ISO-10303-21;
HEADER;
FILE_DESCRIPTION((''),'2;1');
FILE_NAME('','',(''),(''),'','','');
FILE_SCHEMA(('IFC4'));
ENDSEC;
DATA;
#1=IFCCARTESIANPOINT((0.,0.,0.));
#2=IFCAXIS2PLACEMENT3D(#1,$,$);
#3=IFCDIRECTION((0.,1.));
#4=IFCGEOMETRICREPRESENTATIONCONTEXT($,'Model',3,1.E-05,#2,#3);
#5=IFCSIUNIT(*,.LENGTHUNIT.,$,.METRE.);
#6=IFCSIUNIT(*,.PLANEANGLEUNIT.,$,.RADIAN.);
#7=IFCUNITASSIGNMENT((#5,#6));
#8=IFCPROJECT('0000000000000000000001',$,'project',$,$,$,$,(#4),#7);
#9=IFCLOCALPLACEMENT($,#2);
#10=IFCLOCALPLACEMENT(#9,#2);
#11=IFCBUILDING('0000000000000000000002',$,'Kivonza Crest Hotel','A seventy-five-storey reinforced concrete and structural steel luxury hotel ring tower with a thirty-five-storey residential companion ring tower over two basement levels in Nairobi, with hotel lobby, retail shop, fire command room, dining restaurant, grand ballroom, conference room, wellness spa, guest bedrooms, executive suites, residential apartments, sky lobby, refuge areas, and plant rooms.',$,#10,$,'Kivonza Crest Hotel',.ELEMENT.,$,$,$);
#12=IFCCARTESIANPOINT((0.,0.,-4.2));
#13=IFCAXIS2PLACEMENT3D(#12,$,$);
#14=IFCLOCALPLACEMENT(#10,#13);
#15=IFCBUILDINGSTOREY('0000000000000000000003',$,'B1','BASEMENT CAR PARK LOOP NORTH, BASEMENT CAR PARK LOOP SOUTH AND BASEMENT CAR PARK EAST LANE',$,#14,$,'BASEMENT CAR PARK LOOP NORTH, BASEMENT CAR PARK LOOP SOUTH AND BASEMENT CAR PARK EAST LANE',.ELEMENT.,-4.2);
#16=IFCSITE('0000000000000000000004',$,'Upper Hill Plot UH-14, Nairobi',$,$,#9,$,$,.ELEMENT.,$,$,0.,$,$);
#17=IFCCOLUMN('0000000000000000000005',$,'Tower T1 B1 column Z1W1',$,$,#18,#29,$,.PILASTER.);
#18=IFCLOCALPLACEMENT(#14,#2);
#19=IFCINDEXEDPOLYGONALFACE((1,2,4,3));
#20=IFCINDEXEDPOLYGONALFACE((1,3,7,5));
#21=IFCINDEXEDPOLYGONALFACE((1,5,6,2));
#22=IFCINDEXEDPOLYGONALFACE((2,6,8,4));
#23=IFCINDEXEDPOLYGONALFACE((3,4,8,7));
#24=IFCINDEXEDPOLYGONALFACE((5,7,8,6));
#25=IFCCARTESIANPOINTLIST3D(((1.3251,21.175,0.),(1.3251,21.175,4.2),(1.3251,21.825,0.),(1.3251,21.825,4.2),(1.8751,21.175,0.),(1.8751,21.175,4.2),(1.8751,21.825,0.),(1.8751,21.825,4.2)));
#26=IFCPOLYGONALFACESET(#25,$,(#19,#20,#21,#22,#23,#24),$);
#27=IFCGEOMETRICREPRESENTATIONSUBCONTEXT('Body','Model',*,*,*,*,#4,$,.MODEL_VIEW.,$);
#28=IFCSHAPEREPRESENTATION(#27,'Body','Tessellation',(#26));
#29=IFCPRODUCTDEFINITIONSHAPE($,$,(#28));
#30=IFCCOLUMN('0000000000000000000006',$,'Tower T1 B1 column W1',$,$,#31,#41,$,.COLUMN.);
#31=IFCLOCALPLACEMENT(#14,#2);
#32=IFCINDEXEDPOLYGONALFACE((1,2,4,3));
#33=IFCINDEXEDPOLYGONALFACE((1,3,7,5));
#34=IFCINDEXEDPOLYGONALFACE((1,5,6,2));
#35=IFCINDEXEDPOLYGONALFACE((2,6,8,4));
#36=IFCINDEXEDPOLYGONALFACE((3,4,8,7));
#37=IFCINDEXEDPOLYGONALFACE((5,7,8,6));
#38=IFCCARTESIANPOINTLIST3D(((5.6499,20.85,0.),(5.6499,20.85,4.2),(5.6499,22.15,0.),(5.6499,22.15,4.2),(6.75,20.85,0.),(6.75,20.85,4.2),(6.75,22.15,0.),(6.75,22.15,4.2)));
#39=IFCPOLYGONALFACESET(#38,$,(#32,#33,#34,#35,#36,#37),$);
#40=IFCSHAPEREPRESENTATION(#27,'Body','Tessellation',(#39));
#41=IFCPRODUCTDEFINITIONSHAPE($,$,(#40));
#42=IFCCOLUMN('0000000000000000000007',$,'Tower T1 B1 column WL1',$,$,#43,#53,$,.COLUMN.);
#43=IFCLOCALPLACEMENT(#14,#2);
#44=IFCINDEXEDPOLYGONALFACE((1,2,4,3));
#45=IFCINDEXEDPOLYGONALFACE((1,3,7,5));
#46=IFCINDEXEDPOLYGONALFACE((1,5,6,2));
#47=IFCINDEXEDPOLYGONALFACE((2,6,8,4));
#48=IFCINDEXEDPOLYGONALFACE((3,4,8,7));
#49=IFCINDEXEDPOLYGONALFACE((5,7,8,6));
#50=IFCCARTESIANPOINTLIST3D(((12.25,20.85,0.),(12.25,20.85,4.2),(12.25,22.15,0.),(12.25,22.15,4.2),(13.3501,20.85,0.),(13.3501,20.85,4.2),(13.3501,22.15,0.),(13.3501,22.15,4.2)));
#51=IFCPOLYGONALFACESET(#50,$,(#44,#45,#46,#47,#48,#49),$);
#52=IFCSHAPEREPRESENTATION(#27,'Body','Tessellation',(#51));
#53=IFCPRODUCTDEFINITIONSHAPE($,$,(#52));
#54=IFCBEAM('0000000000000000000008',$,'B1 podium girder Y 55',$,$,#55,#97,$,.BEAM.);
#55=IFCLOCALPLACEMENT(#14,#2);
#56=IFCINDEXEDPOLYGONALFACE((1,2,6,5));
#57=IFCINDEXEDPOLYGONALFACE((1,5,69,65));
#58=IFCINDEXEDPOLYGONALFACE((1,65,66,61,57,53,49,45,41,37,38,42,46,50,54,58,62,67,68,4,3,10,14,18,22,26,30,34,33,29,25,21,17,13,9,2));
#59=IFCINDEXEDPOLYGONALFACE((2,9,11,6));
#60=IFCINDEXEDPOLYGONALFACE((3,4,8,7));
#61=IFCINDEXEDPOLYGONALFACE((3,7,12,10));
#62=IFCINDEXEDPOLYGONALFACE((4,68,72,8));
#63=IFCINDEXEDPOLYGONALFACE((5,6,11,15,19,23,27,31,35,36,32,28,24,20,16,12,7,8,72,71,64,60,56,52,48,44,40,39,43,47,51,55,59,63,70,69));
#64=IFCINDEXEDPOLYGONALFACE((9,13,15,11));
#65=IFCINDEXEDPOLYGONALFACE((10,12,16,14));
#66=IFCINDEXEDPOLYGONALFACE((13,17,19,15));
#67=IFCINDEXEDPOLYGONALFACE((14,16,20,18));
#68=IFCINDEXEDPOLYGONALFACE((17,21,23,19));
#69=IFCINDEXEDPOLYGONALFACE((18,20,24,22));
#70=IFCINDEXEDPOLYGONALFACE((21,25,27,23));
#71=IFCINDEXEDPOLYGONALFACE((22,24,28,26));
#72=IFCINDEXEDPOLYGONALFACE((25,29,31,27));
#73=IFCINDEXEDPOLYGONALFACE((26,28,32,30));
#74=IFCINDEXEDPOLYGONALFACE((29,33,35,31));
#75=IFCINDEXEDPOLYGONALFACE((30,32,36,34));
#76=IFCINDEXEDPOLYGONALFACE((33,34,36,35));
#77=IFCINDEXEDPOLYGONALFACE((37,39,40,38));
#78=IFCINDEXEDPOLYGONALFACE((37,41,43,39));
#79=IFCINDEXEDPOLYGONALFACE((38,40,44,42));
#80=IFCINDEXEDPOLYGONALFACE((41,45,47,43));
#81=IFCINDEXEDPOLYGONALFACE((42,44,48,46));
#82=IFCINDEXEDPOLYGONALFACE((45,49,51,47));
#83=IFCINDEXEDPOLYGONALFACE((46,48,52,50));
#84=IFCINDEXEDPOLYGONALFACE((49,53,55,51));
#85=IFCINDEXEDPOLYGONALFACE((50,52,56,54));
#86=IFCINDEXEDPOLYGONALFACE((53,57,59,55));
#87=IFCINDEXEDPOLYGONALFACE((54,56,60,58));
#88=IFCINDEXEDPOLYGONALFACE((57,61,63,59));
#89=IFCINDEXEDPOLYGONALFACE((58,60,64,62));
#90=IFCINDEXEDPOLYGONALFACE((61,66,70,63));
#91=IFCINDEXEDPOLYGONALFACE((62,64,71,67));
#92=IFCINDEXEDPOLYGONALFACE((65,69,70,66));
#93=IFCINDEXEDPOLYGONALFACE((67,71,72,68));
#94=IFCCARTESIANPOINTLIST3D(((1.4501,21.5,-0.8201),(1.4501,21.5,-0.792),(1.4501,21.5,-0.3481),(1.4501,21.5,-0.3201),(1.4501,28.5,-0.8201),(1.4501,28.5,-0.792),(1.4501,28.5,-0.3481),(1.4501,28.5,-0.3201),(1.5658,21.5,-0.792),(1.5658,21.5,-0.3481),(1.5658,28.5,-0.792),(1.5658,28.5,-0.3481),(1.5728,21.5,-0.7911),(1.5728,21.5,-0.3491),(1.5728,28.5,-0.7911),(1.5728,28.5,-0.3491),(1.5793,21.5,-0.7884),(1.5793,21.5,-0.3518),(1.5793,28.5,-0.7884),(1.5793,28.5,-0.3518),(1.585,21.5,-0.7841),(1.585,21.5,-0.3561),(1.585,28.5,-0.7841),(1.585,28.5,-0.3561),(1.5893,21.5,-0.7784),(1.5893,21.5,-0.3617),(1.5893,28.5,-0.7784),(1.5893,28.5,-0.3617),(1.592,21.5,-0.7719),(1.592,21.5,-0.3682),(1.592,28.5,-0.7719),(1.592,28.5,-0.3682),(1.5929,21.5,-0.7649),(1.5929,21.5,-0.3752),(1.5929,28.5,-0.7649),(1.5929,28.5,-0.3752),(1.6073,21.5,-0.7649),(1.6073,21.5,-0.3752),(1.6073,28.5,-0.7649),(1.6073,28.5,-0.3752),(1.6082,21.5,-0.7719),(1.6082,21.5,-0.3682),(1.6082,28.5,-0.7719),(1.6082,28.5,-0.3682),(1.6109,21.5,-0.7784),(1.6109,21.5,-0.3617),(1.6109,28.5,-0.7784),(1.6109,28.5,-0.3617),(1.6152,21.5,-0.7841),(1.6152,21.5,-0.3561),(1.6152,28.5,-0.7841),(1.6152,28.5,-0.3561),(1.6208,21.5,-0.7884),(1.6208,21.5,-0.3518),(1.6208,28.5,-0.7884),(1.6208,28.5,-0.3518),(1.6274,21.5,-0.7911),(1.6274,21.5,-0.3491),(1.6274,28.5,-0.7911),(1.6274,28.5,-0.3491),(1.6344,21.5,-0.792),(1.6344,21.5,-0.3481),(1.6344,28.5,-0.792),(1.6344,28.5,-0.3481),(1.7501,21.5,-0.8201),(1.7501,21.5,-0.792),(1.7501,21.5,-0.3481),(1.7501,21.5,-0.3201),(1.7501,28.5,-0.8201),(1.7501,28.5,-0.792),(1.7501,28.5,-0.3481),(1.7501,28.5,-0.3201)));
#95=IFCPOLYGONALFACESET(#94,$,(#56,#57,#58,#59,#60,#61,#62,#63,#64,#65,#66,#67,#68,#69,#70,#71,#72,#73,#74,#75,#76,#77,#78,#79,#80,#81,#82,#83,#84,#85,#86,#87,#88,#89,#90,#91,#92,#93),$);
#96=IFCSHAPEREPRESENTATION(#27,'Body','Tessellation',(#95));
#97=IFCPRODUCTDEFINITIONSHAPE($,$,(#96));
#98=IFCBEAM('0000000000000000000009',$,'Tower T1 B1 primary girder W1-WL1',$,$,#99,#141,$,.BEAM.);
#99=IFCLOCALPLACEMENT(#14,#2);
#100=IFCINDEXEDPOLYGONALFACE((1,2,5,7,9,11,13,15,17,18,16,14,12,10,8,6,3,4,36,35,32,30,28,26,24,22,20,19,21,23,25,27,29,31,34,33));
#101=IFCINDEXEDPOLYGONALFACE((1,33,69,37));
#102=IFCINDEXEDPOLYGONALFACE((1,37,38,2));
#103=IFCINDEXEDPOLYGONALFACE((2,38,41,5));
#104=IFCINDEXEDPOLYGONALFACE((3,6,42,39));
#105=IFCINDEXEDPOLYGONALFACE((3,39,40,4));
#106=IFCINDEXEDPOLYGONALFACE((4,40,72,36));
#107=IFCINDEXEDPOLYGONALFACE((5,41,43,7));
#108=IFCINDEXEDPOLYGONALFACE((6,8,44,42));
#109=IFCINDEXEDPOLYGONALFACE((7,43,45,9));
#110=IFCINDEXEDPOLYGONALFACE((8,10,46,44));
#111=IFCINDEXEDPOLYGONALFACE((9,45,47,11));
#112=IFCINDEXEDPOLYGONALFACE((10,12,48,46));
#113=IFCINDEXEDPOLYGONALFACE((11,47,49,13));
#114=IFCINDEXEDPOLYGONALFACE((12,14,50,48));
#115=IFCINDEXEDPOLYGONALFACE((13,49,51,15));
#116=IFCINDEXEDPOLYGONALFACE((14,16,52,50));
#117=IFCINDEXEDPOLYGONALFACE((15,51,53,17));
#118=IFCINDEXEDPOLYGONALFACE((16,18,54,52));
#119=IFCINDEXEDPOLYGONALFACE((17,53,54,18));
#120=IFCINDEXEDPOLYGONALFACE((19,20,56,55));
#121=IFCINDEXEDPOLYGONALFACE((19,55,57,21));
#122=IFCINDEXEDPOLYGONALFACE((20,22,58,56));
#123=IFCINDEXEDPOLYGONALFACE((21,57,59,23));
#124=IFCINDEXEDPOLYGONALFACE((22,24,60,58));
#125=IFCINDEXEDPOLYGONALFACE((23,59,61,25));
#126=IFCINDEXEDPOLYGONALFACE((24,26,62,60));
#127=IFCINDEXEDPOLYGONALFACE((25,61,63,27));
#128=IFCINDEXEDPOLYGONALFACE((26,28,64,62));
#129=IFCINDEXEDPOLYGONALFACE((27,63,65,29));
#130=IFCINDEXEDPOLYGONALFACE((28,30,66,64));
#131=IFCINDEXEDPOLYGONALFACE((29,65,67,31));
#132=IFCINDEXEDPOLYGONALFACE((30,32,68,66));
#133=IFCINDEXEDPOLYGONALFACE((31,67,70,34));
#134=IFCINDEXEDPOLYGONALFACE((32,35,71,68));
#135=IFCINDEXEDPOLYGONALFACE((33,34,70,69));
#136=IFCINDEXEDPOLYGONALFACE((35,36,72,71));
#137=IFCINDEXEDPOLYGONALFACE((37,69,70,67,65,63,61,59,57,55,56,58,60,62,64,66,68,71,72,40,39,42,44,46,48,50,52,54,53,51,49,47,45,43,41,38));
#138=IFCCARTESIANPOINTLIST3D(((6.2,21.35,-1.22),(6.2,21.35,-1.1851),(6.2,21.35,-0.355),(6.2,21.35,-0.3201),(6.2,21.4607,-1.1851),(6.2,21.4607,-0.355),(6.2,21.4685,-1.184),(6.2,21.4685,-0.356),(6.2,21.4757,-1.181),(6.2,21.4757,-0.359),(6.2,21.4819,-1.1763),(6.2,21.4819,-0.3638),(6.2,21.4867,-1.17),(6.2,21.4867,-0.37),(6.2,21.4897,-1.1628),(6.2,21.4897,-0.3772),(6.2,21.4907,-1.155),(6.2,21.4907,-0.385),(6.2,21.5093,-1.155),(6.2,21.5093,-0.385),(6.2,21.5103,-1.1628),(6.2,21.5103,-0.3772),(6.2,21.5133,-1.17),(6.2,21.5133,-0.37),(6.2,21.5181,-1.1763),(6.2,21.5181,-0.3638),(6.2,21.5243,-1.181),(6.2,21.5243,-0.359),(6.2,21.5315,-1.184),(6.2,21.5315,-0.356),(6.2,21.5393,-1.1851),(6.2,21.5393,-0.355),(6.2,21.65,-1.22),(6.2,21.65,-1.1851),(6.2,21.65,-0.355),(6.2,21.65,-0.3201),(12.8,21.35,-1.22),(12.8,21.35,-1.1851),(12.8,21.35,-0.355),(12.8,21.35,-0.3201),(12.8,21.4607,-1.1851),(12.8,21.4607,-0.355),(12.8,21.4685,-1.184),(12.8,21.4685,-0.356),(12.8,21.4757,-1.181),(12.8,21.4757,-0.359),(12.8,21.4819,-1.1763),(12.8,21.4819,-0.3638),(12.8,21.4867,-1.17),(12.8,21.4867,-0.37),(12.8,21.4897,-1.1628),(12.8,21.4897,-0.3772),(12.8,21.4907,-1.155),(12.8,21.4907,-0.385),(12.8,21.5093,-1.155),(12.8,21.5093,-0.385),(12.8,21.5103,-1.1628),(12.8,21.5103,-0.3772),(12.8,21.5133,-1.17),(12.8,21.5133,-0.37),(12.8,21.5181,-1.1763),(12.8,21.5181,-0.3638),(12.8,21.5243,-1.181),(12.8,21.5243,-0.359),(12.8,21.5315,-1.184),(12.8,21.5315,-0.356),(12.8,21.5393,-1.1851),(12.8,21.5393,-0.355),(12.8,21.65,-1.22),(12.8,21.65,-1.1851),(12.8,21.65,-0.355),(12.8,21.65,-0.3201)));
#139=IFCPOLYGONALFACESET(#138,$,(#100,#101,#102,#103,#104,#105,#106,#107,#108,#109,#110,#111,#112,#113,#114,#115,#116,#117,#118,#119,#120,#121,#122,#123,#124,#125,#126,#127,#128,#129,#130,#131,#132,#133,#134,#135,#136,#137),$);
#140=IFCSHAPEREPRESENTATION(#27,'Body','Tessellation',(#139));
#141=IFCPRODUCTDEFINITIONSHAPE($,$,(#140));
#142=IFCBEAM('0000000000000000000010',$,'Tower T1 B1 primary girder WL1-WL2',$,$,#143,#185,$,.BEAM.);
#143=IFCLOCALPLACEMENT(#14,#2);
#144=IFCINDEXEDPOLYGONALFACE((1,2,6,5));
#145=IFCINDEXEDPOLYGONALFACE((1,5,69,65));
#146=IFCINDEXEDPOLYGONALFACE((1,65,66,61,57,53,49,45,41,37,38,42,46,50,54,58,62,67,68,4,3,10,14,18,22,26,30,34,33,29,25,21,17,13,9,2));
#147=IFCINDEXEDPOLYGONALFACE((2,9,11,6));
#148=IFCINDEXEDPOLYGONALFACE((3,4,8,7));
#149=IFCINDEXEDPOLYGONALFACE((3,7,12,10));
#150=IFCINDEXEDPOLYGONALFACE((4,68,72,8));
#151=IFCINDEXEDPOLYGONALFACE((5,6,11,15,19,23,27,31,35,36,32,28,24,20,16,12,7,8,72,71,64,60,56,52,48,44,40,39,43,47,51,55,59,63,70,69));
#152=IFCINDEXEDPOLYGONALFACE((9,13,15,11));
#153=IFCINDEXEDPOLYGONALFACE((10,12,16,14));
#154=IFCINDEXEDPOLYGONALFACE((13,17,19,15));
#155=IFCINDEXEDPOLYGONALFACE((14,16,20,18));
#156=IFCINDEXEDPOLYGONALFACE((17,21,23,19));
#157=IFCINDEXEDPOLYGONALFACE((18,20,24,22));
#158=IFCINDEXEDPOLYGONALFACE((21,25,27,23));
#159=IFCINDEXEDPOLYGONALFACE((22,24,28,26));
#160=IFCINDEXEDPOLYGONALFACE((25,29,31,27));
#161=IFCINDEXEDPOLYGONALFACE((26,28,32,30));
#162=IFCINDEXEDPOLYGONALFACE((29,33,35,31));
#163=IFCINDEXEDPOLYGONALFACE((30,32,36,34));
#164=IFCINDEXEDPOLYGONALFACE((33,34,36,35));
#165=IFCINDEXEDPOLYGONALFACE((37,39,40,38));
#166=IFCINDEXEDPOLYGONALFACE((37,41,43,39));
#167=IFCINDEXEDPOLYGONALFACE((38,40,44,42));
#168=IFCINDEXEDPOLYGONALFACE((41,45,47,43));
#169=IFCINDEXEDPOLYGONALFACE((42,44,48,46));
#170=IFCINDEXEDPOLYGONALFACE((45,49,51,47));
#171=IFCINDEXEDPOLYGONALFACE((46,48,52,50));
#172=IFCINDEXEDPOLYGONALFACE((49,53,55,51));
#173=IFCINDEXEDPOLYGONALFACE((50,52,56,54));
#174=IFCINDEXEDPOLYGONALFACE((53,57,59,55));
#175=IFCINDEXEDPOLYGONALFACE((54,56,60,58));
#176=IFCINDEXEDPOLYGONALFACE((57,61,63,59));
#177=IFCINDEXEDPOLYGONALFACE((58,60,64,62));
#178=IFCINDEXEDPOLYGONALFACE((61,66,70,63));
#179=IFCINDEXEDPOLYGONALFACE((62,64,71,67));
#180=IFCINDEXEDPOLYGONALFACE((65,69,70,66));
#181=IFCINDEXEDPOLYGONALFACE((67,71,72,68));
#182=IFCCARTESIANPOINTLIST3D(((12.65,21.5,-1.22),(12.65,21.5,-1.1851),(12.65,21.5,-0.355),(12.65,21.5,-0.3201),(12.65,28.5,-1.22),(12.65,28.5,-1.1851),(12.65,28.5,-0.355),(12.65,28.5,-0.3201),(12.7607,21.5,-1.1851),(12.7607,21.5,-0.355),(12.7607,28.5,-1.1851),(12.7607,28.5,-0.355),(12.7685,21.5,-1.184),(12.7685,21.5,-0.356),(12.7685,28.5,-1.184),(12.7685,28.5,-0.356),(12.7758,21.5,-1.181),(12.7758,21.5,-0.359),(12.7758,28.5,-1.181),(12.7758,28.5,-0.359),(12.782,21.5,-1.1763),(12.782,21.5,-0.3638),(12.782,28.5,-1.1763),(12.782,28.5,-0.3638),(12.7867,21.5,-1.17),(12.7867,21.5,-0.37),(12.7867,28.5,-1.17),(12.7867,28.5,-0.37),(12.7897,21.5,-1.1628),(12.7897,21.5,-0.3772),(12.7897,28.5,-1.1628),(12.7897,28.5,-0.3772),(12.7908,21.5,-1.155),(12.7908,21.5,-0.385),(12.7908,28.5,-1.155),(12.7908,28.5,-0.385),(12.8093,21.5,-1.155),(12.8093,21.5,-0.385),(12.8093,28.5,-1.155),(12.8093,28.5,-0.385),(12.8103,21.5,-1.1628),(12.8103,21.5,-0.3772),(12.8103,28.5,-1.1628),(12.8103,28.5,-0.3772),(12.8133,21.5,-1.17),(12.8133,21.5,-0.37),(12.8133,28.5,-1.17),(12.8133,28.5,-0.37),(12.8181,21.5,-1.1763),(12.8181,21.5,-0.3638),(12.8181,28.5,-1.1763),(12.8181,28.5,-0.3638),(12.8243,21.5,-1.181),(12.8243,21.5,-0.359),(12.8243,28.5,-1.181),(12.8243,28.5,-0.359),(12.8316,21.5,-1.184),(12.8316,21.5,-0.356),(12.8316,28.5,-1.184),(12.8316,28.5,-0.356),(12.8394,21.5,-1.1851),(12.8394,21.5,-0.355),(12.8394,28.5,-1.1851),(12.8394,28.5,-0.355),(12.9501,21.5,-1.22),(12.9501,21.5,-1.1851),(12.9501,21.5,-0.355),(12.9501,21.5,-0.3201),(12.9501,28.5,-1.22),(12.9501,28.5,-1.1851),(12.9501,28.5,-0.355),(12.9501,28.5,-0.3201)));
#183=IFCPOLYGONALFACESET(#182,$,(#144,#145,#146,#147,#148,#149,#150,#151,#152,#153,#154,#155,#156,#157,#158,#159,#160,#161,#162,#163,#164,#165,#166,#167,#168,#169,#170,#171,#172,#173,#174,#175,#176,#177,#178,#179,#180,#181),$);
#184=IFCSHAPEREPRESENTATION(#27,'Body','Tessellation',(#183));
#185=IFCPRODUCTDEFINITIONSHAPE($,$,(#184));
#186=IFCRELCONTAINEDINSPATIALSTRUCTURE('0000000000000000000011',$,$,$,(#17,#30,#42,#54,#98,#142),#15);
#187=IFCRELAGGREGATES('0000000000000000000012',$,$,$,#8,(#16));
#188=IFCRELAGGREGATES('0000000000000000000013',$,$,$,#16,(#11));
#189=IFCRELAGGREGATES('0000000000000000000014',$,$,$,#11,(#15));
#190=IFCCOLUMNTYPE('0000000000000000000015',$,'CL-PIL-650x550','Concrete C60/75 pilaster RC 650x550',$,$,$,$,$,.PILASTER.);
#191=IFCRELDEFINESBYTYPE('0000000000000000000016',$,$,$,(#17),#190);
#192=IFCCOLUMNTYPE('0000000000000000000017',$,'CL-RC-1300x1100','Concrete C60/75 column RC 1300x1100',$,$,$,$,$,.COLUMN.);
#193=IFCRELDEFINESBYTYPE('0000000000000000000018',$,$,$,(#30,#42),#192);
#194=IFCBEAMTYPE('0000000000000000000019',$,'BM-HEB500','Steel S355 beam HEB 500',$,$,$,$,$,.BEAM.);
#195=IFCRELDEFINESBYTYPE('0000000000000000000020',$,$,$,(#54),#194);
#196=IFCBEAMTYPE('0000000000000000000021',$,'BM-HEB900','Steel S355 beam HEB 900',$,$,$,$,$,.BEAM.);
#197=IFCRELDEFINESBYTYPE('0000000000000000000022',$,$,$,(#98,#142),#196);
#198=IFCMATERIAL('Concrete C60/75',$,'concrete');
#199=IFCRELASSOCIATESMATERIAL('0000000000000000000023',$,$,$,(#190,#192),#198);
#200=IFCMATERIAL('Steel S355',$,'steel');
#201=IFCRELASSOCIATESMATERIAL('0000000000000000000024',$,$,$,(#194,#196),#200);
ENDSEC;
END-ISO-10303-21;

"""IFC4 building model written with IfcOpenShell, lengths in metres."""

from ifc_helpers import new_model, si_unit, direction, frame, origin, origin_2d, place, context, subcontext, project, spatial, rectangle, i_section, extrude, material, material_profile, profile_set, type_object, element, save


model = new_model("IFC4")

# Units and contexts
model_context = context("Model", 3, precision=1e-05, world=origin(), true_north=direction((0.0, 1.0)))
body_context = subcontext(model_context, "Body", "Model", "MODEL_VIEW")
ifc_project = project(units=[si_unit("LENGTHUNIT", "METRE"), si_unit("PLANEANGLEUNIT", "RADIAN")], contexts=[model_context])

# Site, building, storey
site_placement = place(None, origin())
site = spatial("IfcSite", under=ifc_project, at=site_placement, Name="Upper Hill Plot UH-14, Nairobi", CompositionType="ELEMENT", RefElevation=0.0)
building_placement = place(site_placement, origin())
building = spatial("IfcBuilding", under=site, at=building_placement, Name="Kivonza Crest Hotel", Description="A seventy-five-storey reinforced concrete and structural steel luxury hotel ring tower with a thirty-five-storey residential companion ring tower over two basement levels in Nairobi, with hotel lobby, retail shop, fire command room, dining restaurant, grand ballroom, conference room, wellness spa, guest bedrooms, executive suites, residential apartments, sky lobby, refuge areas, and plant rooms.", LongName="Kivonza Crest Hotel", CompositionType="ELEMENT")
storey_placement = place(building_placement, frame((0.0, 0.0, -4.2)))
storey = spatial("IfcBuildingStorey", under=building, at=storey_placement, Name="B1", Description="BASEMENT CAR PARK LOOP NORTH, BASEMENT CAR PARK LOOP SOUTH AND BASEMENT CAR PARK EAST LANE", LongName="BASEMENT CAR PARK LOOP NORTH, BASEMENT CAR PARK LOOP SOUTH AND BASEMENT CAR PARK EAST LANE", CompositionType="ELEMENT", Elevation=-4.2)

# Columns
ifc_material_1 = material(Name="Concrete C60/75", Category="concrete")
ifc_material_profile_1 = material_profile(ifc_material_1, rectangle(XDim=0.55, YDim=0.6499, at=origin_2d()), Name="RC 650x550")
ifc_profile_set_1 = profile_set([ifc_material_profile_1], Name="Concrete C60/75")
column_type_1 = type_object("IfcColumnType", Name="CL-PIL-650x550", Description="Concrete C60/75 pilaster RC 650x550", PredefinedType="PILASTER", material=ifc_profile_set_1)
column_placement = place(storey_placement, frame((1.6001, 21.5, 0.0), z_axis=(0.0, 0.0, 1.0), x_axis=(1.0, 0.0, 0.0)))
element("IfcColumn", 1, at=column_placement, inside=storey, type_object=column_type_1, Name="Tower T1 B1 column Z1W1", PredefinedType="PILASTER", context=body_context, shape_type="SweptSolid", body=[
    extrude(rectangle(XDim=0.55, YDim=0.6499, at=origin_2d()), origin(), (0.0, 0.0, 1.0), 4.2),
])
ifc_material_profile_2 = material_profile(ifc_material_1, rectangle(XDim=1.1001, YDim=1.3, at=origin_2d()), Name="RC 1300x1100")
ifc_profile_set_2 = profile_set([ifc_material_profile_2], Name="Concrete C60/75")
column_type_2 = type_object("IfcColumnType", Name="CL-RC-1300x1100", Description="Concrete C60/75 column RC 1300x1100", PredefinedType="COLUMN", material=ifc_profile_set_2)
for number, where, z_axis, x_axis, name in (
    (2, (6.2, 21.5, 0.0), (0.0, 0.0, 1.0), (1.0, 0.0, 0.0), "Tower T1 B1 column W1"),
    (3, (12.8, 21.5, 0.0), (0.0, 0.0, 1.0), (1.0, 0.0, 0.0), "Tower T1 B1 column WL1"),
):
    element("IfcColumn", number, at=place(storey_placement, frame(where, z_axis=z_axis, x_axis=x_axis)), inside=storey, type_object=column_type_2, Name=name, PredefinedType="COLUMN", context=body_context, shape_type="SweptSolid", body=[
        extrude(rectangle(XDim=1.1001, YDim=1.3, at=origin_2d()), origin(), (0.0, 0.0, 1.0), 4.2),
    ])

# Beams
ifc_material_2 = material(Name="Steel S355", Category="steel")
ifc_material_profile_3 = material_profile(ifc_material_2, i_section(OverallWidth=0.3, OverallDepth=0.5, WebThickness=0.0144, FlangeThickness=0.0281, FilletRadius=0.0271, at=origin_2d()), Name="HEB 500")
ifc_profile_set_3 = profile_set([ifc_material_profile_3], Name="Steel S355")
beam_type_1 = type_object("IfcBeamType", Name="BM-HEB500", Description="Steel S355 beam HEB 500", PredefinedType="BEAM", material=ifc_profile_set_3)
beam_1_placement = place(storey_placement, frame((1.6001, 21.5, -0.5701), z_axis=(0.0, 1.0, 0.0), x_axis=(-1.0, 0.0, 0.0)))
element("IfcBeam", 4, at=beam_1_placement, inside=storey, type_object=beam_type_1, Name="B1 podium girder Y 55", PredefinedType="BEAM", context=body_context, shape_type="SweptSolid", body=[
    extrude(i_section(OverallWidth=0.3, OverallDepth=0.5, WebThickness=0.0144, FlangeThickness=0.0281, FilletRadius=0.0271, at=origin_2d()), origin(), (0.0, 0.0, 1.0), 7.0),
])
ifc_material_profile_4 = material_profile(ifc_material_2, i_section(OverallWidth=0.3, OverallDepth=0.8999, WebThickness=0.0186, FlangeThickness=0.0349, FilletRadius=0.03, at=origin_2d()), Name="HEB 900")
ifc_profile_set_4 = profile_set([ifc_material_profile_4], Name="Steel S355")
beam_type_2 = type_object("IfcBeamType", Name="BM-HEB900", Description="Steel S355 beam HEB 900", PredefinedType="BEAM", material=ifc_profile_set_4)
beam_2_placement = place(storey_placement, frame((6.2, 21.5, -0.77), z_axis=(1.0, 0.0, 0.0), x_axis=(0.0, 1.0, 0.0)))
element("IfcBeam", 5, at=beam_2_placement, inside=storey, type_object=beam_type_2, Name="Tower T1 B1 primary girder W1-WL1", PredefinedType="BEAM", context=body_context, shape_type="SweptSolid", body=[
    extrude(i_section(OverallWidth=0.3, OverallDepth=0.8999, WebThickness=0.0186, FlangeThickness=0.0349, FilletRadius=0.03, at=origin_2d()), origin(), (0.0, 0.0, 1.0), 6.6001),
])
beam_3_placement = place(storey_placement, frame((12.8, 21.5, -0.77), z_axis=(0.0, 1.0, 0.0), x_axis=(-1.0, 0.0, 0.0)))
element("IfcBeam", 6, at=beam_3_placement, inside=storey, type_object=beam_type_2, Name="Tower T1 B1 primary girder WL1-WL2", PredefinedType="BEAM", context=body_context, shape_type="SweptSolid", body=[
    extrude(i_section(OverallWidth=0.3, OverallDepth=0.8999, WebThickness=0.0186, FlangeThickness=0.0349, FilletRadius=0.03, at=origin_2d()), origin(), (0.0, 0.0, 1.0), 7.0),
])

save(model, "model.ifc")
